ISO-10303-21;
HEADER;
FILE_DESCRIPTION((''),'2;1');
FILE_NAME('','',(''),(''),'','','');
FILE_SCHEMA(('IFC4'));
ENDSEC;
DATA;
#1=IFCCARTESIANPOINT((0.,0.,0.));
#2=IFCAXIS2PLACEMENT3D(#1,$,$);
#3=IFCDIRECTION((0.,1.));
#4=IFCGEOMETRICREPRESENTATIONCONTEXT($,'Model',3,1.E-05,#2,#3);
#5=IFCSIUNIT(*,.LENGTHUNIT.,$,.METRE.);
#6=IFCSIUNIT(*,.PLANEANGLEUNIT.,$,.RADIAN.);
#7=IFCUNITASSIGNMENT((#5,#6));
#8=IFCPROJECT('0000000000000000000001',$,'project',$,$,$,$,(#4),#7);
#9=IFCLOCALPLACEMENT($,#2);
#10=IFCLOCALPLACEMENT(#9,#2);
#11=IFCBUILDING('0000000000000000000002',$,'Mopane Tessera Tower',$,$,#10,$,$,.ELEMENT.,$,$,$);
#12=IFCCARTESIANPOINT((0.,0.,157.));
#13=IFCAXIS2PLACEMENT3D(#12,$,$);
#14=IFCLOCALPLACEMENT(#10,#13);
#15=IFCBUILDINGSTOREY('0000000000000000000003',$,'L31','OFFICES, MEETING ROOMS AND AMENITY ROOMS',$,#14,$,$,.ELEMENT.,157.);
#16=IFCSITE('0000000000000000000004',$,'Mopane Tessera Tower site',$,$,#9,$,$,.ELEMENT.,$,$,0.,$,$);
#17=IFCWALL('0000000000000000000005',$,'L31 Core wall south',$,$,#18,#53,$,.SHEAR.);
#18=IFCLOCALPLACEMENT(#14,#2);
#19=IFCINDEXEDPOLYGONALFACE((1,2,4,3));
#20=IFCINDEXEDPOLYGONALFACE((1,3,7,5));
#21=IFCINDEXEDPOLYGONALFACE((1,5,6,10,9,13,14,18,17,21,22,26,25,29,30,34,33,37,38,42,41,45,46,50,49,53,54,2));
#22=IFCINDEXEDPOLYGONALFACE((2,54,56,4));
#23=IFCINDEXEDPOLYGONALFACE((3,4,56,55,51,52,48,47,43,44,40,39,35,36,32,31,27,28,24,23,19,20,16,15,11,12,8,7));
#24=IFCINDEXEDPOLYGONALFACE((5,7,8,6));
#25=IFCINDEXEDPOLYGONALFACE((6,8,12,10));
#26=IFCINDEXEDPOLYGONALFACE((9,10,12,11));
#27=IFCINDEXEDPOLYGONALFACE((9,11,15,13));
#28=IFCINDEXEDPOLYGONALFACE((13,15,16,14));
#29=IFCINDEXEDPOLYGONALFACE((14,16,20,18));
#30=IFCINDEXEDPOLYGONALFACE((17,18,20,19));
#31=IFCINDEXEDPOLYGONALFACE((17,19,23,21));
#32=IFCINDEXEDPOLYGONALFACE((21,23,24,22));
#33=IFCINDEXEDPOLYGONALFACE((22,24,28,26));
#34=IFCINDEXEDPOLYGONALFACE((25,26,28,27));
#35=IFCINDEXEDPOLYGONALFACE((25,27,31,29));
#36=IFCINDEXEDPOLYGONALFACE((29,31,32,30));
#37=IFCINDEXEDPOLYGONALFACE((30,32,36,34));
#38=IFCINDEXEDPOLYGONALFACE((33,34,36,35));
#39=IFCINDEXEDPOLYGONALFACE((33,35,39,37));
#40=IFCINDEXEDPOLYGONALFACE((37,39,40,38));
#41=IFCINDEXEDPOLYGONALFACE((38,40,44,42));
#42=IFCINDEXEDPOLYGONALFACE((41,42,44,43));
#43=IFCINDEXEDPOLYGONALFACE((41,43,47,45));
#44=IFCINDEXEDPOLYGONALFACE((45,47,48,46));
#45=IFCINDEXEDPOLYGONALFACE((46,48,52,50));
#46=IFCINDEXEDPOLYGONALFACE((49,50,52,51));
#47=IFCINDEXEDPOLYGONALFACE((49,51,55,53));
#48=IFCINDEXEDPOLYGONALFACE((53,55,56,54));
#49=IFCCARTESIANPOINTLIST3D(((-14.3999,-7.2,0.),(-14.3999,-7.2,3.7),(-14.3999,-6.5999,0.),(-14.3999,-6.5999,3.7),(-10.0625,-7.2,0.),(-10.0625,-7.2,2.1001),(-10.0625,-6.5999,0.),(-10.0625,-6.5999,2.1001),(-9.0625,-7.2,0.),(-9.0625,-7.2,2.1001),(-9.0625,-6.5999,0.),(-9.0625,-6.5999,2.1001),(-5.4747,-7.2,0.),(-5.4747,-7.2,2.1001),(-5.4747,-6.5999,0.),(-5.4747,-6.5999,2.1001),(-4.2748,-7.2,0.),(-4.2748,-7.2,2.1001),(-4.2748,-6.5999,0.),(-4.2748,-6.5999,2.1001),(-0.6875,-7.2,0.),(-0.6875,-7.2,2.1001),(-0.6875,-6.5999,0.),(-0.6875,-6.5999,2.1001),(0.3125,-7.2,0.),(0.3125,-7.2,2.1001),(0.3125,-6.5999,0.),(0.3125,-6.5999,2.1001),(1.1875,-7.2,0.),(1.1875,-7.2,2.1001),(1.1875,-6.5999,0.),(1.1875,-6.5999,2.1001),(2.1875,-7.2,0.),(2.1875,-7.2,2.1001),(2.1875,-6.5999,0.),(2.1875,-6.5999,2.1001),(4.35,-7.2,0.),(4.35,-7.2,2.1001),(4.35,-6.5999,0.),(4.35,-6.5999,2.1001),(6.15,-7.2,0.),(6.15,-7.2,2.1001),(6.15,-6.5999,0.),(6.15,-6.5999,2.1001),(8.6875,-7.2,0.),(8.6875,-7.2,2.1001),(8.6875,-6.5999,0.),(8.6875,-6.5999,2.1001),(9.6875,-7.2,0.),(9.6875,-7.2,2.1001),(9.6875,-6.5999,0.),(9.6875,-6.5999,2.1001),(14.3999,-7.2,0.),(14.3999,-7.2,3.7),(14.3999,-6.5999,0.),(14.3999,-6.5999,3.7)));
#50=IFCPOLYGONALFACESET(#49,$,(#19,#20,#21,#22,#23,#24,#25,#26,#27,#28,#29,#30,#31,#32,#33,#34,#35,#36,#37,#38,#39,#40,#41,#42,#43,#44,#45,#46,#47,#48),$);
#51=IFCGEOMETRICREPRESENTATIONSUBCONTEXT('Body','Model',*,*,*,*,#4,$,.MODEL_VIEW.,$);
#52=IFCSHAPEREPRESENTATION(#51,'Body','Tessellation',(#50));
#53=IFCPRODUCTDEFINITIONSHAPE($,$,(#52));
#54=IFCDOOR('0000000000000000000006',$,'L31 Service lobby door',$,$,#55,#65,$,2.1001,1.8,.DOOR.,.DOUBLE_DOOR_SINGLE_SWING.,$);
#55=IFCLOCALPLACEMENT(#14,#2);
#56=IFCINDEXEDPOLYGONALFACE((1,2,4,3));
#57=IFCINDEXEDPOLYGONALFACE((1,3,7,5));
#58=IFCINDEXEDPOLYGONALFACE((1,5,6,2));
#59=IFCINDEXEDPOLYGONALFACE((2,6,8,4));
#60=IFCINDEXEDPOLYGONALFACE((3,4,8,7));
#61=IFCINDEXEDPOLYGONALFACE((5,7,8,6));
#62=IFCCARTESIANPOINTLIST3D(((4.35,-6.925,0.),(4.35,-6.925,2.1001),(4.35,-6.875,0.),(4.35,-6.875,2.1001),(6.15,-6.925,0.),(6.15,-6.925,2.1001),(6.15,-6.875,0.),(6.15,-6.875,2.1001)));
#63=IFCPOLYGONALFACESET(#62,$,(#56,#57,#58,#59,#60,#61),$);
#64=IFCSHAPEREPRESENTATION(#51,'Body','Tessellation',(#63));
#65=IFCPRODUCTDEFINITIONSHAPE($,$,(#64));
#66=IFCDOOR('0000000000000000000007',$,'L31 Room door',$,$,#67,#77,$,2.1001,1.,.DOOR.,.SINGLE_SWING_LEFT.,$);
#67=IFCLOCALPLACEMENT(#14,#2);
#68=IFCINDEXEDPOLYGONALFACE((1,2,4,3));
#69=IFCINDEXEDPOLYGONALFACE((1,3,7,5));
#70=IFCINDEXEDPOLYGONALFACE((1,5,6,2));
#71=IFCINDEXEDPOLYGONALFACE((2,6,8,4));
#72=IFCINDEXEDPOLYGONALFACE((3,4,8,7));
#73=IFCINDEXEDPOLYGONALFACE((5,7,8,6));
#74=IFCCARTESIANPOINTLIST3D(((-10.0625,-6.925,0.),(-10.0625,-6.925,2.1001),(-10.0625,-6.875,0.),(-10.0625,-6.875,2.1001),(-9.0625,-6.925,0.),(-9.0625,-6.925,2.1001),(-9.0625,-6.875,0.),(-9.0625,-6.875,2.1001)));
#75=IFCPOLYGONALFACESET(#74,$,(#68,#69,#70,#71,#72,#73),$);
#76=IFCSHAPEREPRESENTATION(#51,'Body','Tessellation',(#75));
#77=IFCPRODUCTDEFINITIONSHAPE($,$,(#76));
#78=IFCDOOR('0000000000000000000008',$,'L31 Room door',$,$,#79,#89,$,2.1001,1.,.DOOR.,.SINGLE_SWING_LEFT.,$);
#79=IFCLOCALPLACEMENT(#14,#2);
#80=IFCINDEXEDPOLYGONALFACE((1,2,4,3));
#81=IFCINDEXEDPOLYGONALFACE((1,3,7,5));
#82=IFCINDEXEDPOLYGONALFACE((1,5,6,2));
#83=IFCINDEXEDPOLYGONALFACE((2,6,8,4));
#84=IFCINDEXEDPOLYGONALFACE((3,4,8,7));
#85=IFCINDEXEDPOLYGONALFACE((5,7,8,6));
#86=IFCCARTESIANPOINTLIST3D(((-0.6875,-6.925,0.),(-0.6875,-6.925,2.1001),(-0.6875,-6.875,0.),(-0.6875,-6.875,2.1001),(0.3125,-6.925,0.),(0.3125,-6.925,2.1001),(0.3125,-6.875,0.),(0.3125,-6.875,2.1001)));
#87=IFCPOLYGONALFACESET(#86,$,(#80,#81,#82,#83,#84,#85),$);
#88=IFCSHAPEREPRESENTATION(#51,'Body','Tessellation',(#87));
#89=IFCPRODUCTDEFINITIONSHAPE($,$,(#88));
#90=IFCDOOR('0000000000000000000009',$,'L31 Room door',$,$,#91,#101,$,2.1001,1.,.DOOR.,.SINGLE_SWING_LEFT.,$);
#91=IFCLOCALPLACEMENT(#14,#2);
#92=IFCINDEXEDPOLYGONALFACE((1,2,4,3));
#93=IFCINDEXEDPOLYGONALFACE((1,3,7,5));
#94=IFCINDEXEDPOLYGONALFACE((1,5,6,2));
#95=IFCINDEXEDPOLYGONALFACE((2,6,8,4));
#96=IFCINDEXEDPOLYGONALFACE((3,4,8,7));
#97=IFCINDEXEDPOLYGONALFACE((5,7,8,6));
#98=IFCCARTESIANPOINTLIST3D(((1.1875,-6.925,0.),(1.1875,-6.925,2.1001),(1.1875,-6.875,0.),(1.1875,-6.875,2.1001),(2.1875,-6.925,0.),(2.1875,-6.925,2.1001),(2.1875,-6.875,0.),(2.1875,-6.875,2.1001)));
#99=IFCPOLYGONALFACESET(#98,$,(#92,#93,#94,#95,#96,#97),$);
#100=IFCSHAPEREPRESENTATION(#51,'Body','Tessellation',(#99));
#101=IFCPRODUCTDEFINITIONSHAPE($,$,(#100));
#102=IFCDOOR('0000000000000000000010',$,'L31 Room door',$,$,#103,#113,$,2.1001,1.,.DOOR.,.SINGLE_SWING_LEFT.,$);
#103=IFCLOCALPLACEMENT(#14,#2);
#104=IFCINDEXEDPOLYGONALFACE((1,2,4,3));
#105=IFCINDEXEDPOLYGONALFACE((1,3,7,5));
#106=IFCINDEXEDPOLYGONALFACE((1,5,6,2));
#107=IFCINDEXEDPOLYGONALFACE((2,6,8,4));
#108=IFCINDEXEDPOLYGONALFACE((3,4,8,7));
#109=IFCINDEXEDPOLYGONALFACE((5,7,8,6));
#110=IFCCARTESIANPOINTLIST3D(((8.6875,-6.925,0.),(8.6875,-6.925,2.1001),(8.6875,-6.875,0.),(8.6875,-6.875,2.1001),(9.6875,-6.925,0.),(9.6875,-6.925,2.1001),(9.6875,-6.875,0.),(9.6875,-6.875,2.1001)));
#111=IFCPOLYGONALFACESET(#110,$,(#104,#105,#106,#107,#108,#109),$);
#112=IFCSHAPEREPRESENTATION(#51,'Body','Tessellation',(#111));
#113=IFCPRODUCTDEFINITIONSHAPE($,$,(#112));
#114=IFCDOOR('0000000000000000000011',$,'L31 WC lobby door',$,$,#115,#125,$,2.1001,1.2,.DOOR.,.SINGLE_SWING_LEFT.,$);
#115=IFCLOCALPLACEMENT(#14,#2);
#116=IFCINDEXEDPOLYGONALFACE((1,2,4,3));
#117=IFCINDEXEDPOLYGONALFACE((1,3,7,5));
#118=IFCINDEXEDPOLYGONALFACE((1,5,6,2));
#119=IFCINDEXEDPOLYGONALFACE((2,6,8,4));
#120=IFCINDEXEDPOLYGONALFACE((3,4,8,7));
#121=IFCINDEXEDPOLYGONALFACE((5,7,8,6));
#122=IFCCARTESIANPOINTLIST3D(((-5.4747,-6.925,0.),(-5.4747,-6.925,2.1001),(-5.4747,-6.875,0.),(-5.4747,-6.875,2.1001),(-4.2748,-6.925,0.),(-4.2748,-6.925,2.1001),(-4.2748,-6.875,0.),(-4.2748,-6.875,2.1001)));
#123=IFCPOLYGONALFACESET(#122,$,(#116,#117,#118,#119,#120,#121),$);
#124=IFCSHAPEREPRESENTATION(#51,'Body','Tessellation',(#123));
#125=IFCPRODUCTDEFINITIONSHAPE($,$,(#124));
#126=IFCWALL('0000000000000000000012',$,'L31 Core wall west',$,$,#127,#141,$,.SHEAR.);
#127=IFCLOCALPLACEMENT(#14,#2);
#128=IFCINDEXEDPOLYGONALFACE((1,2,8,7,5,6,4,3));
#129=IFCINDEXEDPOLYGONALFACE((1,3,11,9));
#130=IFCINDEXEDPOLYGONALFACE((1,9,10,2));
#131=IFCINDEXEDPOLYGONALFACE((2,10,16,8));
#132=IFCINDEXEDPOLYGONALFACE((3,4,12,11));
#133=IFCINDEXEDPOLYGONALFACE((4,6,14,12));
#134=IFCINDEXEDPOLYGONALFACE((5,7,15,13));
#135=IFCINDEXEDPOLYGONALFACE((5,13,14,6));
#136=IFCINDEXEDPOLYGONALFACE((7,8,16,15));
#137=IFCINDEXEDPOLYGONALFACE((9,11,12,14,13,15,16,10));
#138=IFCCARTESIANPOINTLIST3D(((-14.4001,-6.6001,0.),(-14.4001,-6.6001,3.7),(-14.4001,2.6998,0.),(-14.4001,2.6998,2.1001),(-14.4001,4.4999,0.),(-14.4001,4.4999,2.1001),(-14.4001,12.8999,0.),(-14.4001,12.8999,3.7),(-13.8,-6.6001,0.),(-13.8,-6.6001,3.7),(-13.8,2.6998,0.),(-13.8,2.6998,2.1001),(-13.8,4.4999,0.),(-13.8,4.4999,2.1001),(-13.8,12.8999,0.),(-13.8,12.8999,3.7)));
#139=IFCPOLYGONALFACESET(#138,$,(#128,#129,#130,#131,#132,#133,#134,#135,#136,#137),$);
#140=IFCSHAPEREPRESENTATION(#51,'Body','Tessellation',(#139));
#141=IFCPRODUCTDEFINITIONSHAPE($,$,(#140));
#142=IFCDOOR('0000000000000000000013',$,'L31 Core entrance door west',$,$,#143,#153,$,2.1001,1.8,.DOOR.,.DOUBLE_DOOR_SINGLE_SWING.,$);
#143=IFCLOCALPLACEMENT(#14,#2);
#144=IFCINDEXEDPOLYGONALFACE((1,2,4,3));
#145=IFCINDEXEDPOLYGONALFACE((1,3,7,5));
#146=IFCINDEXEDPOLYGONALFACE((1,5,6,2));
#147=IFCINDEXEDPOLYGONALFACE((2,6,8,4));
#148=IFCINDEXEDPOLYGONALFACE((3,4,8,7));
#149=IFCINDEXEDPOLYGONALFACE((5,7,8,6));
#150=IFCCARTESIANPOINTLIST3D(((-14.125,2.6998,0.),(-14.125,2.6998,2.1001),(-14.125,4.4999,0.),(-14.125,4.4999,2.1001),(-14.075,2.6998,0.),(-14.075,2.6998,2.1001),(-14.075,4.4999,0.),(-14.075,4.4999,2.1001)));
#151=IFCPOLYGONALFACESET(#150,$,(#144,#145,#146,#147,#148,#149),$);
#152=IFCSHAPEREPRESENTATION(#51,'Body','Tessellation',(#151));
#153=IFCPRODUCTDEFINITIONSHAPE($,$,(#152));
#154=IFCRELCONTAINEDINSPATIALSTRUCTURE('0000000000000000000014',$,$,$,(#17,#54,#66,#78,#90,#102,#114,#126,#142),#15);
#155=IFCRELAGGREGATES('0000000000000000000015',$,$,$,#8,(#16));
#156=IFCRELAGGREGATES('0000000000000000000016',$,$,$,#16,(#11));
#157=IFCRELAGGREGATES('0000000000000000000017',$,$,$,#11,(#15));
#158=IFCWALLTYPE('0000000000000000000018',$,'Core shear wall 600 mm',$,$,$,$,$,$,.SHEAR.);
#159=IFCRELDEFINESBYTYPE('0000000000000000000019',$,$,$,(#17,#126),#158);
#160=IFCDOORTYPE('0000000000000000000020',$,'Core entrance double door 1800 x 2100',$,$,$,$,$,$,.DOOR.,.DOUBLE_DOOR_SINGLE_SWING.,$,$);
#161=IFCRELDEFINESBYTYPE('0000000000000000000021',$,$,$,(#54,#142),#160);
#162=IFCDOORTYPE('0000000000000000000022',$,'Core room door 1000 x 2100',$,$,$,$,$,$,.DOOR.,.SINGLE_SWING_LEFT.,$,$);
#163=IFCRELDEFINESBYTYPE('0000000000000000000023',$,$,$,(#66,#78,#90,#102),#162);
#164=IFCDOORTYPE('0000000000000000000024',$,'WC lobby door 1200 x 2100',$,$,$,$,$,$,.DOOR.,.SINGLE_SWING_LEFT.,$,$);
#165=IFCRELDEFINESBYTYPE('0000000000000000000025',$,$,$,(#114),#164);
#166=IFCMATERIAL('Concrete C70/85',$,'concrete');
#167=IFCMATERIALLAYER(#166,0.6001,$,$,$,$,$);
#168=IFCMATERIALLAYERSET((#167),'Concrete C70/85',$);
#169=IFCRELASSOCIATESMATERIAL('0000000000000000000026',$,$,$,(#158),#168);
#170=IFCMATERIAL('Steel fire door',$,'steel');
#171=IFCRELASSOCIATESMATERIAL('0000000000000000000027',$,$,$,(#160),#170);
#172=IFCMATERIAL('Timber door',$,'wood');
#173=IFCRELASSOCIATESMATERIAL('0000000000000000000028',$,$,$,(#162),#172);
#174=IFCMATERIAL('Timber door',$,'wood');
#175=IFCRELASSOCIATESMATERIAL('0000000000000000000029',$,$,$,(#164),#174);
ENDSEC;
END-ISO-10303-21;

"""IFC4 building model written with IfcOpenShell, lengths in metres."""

from ifc_helpers import new_model, si_unit, direction, frame, frame_2d, origin, place, context, subcontext, project, spatial, rectangle, extrude, material, layer, layer_set, type_object, element, fill, save


model = new_model("IFC4")

# Units and contexts
model_context = context("Model", 3, precision=1e-05, world=origin(), true_north=direction((0.0, 1.0)))
body_context = subcontext(model_context, "Body", "Model", "MODEL_VIEW")
ifc_project = project(units=[si_unit("LENGTHUNIT", "METRE"), si_unit("PLANEANGLEUNIT", "RADIAN")], contexts=[model_context])

# Site, building, storey
site_placement = place(None, origin())
site = spatial("IfcSite", under=ifc_project, at=site_placement, Name="Mopane Tessera Tower site", CompositionType="ELEMENT", RefElevation=0.0)
building_placement = place(site_placement, origin())
building = spatial("IfcBuilding", under=site, at=building_placement, Name="Mopane Tessera Tower", CompositionType="ELEMENT")
storey_placement = place(building_placement, frame((0.0, 0.0, 157.0)))
storey = spatial("IfcBuildingStorey", under=building, at=storey_placement, Name="L31", Description="OFFICES, MEETING ROOMS AND AMENITY ROOMS", CompositionType="ELEMENT", Elevation=157.0)

# Wall, openings, doors
ifc_material_1 = material(Name="Concrete C70/85", Category="concrete")
ifc_layer_1 = layer(ifc_material_1, 0.6001)
ifc_layer_set_1 = layer_set([ifc_layer_1], Name="Concrete C70/85")
wall_type_1 = type_object("IfcWallType", Name="Core shear wall 600 mm", PredefinedType="SHEAR", material=ifc_layer_set_1)
wall_1_placement = place(storey_placement, frame((-14.3999, -6.8999, 0.0), z_axis=(0.0, 0.0, 1.0), x_axis=(1.0, 0.0, 0.0)))
wall_1 = element("IfcWall", 1, at=wall_1_placement, inside=storey, type_object=wall_type_1, Name="L31 Core wall south", PredefinedType="SHEAR", context=body_context, shape_type="SweptSolid", body=[
    extrude(rectangle(XDim=28.7998, YDim=0.6001, at=frame_2d((14.3999, 0.0))), origin(), (0.0, 0.0, 1.0), 3.7),
])
opening_1_placement = place(wall_1_placement, frame((4.3374, 0.0, 0.0)))
opening_1 = element("IfcOpeningElement", 2, at=opening_1_placement, cuts=wall_1, PredefinedType="OPENING", context=body_context, shape_type="SweptSolid", body=[
    extrude(rectangle(XDim=1.0, YDim=2.1001, at=frame_2d((0.5, 1.05))), frame((0.0, 0.312, 0.0), z_axis=(0.0, -1.0, 0.0), x_axis=(1.0, 0.0, 0.0)), (0.0, 0.0, 1.0), 0.624),
])
opening_2_placement = place(wall_1_placement, frame((8.925, 0.0, 0.0)))
opening_2 = element("IfcOpeningElement", 3, at=opening_2_placement, cuts=wall_1, PredefinedType="OPENING", context=body_context, shape_type="SweptSolid", body=[
    extrude(rectangle(XDim=1.2, YDim=2.1001, at=frame_2d((0.6001, 1.05))), frame((0.0, 0.312, 0.0), z_axis=(0.0, -1.0, 0.0), x_axis=(1.0, 0.0, 0.0)), (0.0, 0.0, 1.0), 0.624),
])
opening_3_placement = place(wall_1_placement, frame((13.7124, 0.0, 0.0)))
opening_3 = element("IfcOpeningElement", 4, at=opening_3_placement, cuts=wall_1, PredefinedType="OPENING", context=body_context, shape_type="SweptSolid", body=[
    extrude(rectangle(XDim=1.0, YDim=2.1001, at=frame_2d((0.5, 1.05))), frame((0.0, 0.312, 0.0), z_axis=(0.0, -1.0, 0.0), x_axis=(1.0, 0.0, 0.0)), (0.0, 0.0, 1.0), 0.624),
])
opening_4_placement = place(wall_1_placement, frame((15.5874, 0.0, 0.0)))
opening_4 = element("IfcOpeningElement", 5, at=opening_4_placement, cuts=wall_1, PredefinedType="OPENING", context=body_context, shape_type="SweptSolid", body=[
    extrude(rectangle(XDim=1.0, YDim=2.1001, at=frame_2d((0.5, 1.05))), frame((0.0, 0.312, 0.0), z_axis=(0.0, -1.0, 0.0), x_axis=(1.0, 0.0, 0.0)), (0.0, 0.0, 1.0), 0.624),
])
opening_5_placement = place(wall_1_placement, frame((18.75, 0.0, 0.0)))
opening_5 = element("IfcOpeningElement", 6, at=opening_5_placement, cuts=wall_1, PredefinedType="OPENING", context=body_context, shape_type="SweptSolid", body=[
    extrude(rectangle(XDim=1.8, YDim=2.1001, at=frame_2d((0.8999, 1.05))), frame((0.0, 0.312, 0.0), z_axis=(0.0, -1.0, 0.0), x_axis=(1.0, 0.0, 0.0)), (0.0, 0.0, 1.0), 0.624),
])
opening_6_placement = place(wall_1_placement, frame((23.0874, 0.0, 0.0)))
opening_6 = element("IfcOpeningElement", 7, at=opening_6_placement, cuts=wall_1, PredefinedType="OPENING", context=body_context, shape_type="SweptSolid", body=[
    extrude(rectangle(XDim=1.0, YDim=2.1001, at=frame_2d((0.5, 1.05))), frame((0.0, 0.312, 0.0), z_axis=(0.0, -1.0, 0.0), x_axis=(1.0, 0.0, 0.0)), (0.0, 0.0, 1.0), 0.624),
])
ifc_material_2 = material(Name="Steel fire door", Category="steel")
door_type_1 = type_object("IfcDoorType", Name="Core entrance double door 1800 x 2100", OperationType="DOUBLE_DOOR_SINGLE_SWING", PredefinedType="DOOR", material=ifc_material_2)
door_1_placement = place(opening_5_placement, origin())
door_1 = element("IfcDoor", 8, at=door_1_placement, inside=storey, type_object=door_type_1, Name="L31 Service lobby door", OperationType="DOUBLE_DOOR_SINGLE_SWING", OverallHeight=2.1001, OverallWidth=1.8, PredefinedType="DOOR", context=body_context, shape_type="SweptSolid", body=[
    extrude(rectangle(XDim=1.8, YDim=2.1001, at=frame_2d((0.8999, 1.05))), frame((0.0, 0.0249, 0.0), z_axis=(0.0, -1.0, 0.0), x_axis=(1.0, 0.0, 0.0)), (0.0, 0.0, 1.0), 0.05),
])
fill(opening_5, door_1)
ifc_material_3 = material(Name="Timber door", Category="wood")
door_type_2 = type_object("IfcDoorType", Name="Core room door 1000 x 2100", OperationType="SINGLE_SWING_LEFT", PredefinedType="DOOR", material=ifc_material_3)
door_2_placement = place(opening_1_placement, origin())
door_2 = element("IfcDoor", 9, at=door_2_placement, inside=storey, type_object=door_type_2, Name="L31 Room door", OperationType="SINGLE_SWING_LEFT", OverallHeight=2.1001, OverallWidth=1.0, PredefinedType="DOOR", context=body_context, shape_type="SweptSolid", body=[
    extrude(rectangle(XDim=1.0, YDim=2.1001, at=frame_2d((0.5, 1.05))), frame((0.0, 0.0249, 0.0), z_axis=(0.0, -1.0, 0.0), x_axis=(1.0, 0.0, 0.0)), (0.0, 0.0, 1.0), 0.05),
])
fill(opening_1, door_2)
door_3_placement = place(opening_3_placement, origin())
door_3 = element("IfcDoor", 10, at=door_3_placement, inside=storey, type_object=door_type_2, Name="L31 Room door", OperationType="SINGLE_SWING_LEFT", OverallHeight=2.1001, OverallWidth=1.0, PredefinedType="DOOR", context=body_context, shape_type="SweptSolid", body=[
    extrude(rectangle(XDim=1.0, YDim=2.1001, at=frame_2d((0.5, 1.05))), frame((0.0, 0.0249, 0.0), z_axis=(0.0, -1.0, 0.0), x_axis=(1.0, 0.0, 0.0)), (0.0, 0.0, 1.0), 0.05),
])
fill(opening_3, door_3)
door_4_placement = place(opening_4_placement, origin())
door_4 = element("IfcDoor", 11, at=door_4_placement, inside=storey, type_object=door_type_2, Name="L31 Room door", OperationType="SINGLE_SWING_LEFT", OverallHeight=2.1001, OverallWidth=1.0, PredefinedType="DOOR", context=body_context, shape_type="SweptSolid", body=[
    extrude(rectangle(XDim=1.0, YDim=2.1001, at=frame_2d((0.5, 1.05))), frame((0.0, 0.0249, 0.0), z_axis=(0.0, -1.0, 0.0), x_axis=(1.0, 0.0, 0.0)), (0.0, 0.0, 1.0), 0.05),
])
fill(opening_4, door_4)
door_5_placement = place(opening_6_placement, origin())
door_5 = element("IfcDoor", 12, at=door_5_placement, inside=storey, type_object=door_type_2, Name="L31 Room door", OperationType="SINGLE_SWING_LEFT", OverallHeight=2.1001, OverallWidth=1.0, PredefinedType="DOOR", context=body_context, shape_type="SweptSolid", body=[
    extrude(rectangle(XDim=1.0, YDim=2.1001, at=frame_2d((0.5, 1.05))), frame((0.0, 0.0249, 0.0), z_axis=(0.0, -1.0, 0.0), x_axis=(1.0, 0.0, 0.0)), (0.0, 0.0, 1.0), 0.05),
])
fill(opening_6, door_5)
ifc_material_4 = material(Name="Timber door", Category="wood")
door_type_3 = type_object("IfcDoorType", Name="WC lobby door 1200 x 2100", OperationType="SINGLE_SWING_LEFT", PredefinedType="DOOR", material=ifc_material_4)
door_6_placement = place(opening_2_placement, origin())
door_6 = element("IfcDoor", 13, at=door_6_placement, inside=storey, type_object=door_type_3, Name="L31 WC lobby door", OperationType="SINGLE_SWING_LEFT", OverallHeight=2.1001, OverallWidth=1.2, PredefinedType="DOOR", context=body_context, shape_type="SweptSolid", body=[
    extrude(rectangle(XDim=1.2, YDim=2.1001, at=frame_2d((0.6001, 1.05))), frame((0.0, 0.0249, 0.0), z_axis=(0.0, -1.0, 0.0), x_axis=(1.0, 0.0, 0.0)), (0.0, 0.0, 1.0), 0.05),
])
fill(opening_2, door_6)

# Wall, opening, door
wall_2_placement = place(storey_placement, frame((-14.1001, -6.6001, 0.0), z_axis=(0.0, 0.0, 1.0), x_axis=(0.0, 1.0, 0.0)))
wall_2 = element("IfcWall", 14, at=wall_2_placement, inside=storey, type_object=wall_type_1, Name="L31 Core wall west", PredefinedType="SHEAR", context=body_context, shape_type="SweptSolid", body=[
    extrude(rectangle(XDim=19.5, YDim=0.6001, at=frame_2d((9.75, 0.0))), origin(), (0.0, 0.0, 1.0), 3.7),
])
opening_7_placement = place(wall_2_placement, frame((9.3, 0.0, 0.0)))
opening_7 = element("IfcOpeningElement", 15, at=opening_7_placement, cuts=wall_2, PredefinedType="OPENING", context=body_context, shape_type="SweptSolid", body=[
    extrude(rectangle(XDim=1.8, YDim=2.1001, at=frame_2d((0.8999, 1.05))), frame((0.0, 0.312, 0.0), z_axis=(0.0, -1.0, 0.0), x_axis=(1.0, 0.0, 0.0)), (0.0, 0.0, 1.0), 0.624),
])
door_7_placement = place(opening_7_placement, origin())
door_7 = element("IfcDoor", 16, at=door_7_placement, inside=storey, type_object=door_type_1, Name="L31 Core entrance door west", OperationType="DOUBLE_DOOR_SINGLE_SWING", OverallHeight=2.1001, OverallWidth=1.8, PredefinedType="DOOR", context=body_context, shape_type="SweptSolid", body=[
    extrude(rectangle(XDim=1.8, YDim=2.1001, at=frame_2d((0.8999, 1.05))), frame((0.0, 0.0249, 0.0), z_axis=(0.0, -1.0, 0.0), x_axis=(1.0, 0.0, 0.0)), (0.0, 0.0, 1.0), 0.05),
])
fill(opening_7, door_7)

save(model, "model.ifc")
